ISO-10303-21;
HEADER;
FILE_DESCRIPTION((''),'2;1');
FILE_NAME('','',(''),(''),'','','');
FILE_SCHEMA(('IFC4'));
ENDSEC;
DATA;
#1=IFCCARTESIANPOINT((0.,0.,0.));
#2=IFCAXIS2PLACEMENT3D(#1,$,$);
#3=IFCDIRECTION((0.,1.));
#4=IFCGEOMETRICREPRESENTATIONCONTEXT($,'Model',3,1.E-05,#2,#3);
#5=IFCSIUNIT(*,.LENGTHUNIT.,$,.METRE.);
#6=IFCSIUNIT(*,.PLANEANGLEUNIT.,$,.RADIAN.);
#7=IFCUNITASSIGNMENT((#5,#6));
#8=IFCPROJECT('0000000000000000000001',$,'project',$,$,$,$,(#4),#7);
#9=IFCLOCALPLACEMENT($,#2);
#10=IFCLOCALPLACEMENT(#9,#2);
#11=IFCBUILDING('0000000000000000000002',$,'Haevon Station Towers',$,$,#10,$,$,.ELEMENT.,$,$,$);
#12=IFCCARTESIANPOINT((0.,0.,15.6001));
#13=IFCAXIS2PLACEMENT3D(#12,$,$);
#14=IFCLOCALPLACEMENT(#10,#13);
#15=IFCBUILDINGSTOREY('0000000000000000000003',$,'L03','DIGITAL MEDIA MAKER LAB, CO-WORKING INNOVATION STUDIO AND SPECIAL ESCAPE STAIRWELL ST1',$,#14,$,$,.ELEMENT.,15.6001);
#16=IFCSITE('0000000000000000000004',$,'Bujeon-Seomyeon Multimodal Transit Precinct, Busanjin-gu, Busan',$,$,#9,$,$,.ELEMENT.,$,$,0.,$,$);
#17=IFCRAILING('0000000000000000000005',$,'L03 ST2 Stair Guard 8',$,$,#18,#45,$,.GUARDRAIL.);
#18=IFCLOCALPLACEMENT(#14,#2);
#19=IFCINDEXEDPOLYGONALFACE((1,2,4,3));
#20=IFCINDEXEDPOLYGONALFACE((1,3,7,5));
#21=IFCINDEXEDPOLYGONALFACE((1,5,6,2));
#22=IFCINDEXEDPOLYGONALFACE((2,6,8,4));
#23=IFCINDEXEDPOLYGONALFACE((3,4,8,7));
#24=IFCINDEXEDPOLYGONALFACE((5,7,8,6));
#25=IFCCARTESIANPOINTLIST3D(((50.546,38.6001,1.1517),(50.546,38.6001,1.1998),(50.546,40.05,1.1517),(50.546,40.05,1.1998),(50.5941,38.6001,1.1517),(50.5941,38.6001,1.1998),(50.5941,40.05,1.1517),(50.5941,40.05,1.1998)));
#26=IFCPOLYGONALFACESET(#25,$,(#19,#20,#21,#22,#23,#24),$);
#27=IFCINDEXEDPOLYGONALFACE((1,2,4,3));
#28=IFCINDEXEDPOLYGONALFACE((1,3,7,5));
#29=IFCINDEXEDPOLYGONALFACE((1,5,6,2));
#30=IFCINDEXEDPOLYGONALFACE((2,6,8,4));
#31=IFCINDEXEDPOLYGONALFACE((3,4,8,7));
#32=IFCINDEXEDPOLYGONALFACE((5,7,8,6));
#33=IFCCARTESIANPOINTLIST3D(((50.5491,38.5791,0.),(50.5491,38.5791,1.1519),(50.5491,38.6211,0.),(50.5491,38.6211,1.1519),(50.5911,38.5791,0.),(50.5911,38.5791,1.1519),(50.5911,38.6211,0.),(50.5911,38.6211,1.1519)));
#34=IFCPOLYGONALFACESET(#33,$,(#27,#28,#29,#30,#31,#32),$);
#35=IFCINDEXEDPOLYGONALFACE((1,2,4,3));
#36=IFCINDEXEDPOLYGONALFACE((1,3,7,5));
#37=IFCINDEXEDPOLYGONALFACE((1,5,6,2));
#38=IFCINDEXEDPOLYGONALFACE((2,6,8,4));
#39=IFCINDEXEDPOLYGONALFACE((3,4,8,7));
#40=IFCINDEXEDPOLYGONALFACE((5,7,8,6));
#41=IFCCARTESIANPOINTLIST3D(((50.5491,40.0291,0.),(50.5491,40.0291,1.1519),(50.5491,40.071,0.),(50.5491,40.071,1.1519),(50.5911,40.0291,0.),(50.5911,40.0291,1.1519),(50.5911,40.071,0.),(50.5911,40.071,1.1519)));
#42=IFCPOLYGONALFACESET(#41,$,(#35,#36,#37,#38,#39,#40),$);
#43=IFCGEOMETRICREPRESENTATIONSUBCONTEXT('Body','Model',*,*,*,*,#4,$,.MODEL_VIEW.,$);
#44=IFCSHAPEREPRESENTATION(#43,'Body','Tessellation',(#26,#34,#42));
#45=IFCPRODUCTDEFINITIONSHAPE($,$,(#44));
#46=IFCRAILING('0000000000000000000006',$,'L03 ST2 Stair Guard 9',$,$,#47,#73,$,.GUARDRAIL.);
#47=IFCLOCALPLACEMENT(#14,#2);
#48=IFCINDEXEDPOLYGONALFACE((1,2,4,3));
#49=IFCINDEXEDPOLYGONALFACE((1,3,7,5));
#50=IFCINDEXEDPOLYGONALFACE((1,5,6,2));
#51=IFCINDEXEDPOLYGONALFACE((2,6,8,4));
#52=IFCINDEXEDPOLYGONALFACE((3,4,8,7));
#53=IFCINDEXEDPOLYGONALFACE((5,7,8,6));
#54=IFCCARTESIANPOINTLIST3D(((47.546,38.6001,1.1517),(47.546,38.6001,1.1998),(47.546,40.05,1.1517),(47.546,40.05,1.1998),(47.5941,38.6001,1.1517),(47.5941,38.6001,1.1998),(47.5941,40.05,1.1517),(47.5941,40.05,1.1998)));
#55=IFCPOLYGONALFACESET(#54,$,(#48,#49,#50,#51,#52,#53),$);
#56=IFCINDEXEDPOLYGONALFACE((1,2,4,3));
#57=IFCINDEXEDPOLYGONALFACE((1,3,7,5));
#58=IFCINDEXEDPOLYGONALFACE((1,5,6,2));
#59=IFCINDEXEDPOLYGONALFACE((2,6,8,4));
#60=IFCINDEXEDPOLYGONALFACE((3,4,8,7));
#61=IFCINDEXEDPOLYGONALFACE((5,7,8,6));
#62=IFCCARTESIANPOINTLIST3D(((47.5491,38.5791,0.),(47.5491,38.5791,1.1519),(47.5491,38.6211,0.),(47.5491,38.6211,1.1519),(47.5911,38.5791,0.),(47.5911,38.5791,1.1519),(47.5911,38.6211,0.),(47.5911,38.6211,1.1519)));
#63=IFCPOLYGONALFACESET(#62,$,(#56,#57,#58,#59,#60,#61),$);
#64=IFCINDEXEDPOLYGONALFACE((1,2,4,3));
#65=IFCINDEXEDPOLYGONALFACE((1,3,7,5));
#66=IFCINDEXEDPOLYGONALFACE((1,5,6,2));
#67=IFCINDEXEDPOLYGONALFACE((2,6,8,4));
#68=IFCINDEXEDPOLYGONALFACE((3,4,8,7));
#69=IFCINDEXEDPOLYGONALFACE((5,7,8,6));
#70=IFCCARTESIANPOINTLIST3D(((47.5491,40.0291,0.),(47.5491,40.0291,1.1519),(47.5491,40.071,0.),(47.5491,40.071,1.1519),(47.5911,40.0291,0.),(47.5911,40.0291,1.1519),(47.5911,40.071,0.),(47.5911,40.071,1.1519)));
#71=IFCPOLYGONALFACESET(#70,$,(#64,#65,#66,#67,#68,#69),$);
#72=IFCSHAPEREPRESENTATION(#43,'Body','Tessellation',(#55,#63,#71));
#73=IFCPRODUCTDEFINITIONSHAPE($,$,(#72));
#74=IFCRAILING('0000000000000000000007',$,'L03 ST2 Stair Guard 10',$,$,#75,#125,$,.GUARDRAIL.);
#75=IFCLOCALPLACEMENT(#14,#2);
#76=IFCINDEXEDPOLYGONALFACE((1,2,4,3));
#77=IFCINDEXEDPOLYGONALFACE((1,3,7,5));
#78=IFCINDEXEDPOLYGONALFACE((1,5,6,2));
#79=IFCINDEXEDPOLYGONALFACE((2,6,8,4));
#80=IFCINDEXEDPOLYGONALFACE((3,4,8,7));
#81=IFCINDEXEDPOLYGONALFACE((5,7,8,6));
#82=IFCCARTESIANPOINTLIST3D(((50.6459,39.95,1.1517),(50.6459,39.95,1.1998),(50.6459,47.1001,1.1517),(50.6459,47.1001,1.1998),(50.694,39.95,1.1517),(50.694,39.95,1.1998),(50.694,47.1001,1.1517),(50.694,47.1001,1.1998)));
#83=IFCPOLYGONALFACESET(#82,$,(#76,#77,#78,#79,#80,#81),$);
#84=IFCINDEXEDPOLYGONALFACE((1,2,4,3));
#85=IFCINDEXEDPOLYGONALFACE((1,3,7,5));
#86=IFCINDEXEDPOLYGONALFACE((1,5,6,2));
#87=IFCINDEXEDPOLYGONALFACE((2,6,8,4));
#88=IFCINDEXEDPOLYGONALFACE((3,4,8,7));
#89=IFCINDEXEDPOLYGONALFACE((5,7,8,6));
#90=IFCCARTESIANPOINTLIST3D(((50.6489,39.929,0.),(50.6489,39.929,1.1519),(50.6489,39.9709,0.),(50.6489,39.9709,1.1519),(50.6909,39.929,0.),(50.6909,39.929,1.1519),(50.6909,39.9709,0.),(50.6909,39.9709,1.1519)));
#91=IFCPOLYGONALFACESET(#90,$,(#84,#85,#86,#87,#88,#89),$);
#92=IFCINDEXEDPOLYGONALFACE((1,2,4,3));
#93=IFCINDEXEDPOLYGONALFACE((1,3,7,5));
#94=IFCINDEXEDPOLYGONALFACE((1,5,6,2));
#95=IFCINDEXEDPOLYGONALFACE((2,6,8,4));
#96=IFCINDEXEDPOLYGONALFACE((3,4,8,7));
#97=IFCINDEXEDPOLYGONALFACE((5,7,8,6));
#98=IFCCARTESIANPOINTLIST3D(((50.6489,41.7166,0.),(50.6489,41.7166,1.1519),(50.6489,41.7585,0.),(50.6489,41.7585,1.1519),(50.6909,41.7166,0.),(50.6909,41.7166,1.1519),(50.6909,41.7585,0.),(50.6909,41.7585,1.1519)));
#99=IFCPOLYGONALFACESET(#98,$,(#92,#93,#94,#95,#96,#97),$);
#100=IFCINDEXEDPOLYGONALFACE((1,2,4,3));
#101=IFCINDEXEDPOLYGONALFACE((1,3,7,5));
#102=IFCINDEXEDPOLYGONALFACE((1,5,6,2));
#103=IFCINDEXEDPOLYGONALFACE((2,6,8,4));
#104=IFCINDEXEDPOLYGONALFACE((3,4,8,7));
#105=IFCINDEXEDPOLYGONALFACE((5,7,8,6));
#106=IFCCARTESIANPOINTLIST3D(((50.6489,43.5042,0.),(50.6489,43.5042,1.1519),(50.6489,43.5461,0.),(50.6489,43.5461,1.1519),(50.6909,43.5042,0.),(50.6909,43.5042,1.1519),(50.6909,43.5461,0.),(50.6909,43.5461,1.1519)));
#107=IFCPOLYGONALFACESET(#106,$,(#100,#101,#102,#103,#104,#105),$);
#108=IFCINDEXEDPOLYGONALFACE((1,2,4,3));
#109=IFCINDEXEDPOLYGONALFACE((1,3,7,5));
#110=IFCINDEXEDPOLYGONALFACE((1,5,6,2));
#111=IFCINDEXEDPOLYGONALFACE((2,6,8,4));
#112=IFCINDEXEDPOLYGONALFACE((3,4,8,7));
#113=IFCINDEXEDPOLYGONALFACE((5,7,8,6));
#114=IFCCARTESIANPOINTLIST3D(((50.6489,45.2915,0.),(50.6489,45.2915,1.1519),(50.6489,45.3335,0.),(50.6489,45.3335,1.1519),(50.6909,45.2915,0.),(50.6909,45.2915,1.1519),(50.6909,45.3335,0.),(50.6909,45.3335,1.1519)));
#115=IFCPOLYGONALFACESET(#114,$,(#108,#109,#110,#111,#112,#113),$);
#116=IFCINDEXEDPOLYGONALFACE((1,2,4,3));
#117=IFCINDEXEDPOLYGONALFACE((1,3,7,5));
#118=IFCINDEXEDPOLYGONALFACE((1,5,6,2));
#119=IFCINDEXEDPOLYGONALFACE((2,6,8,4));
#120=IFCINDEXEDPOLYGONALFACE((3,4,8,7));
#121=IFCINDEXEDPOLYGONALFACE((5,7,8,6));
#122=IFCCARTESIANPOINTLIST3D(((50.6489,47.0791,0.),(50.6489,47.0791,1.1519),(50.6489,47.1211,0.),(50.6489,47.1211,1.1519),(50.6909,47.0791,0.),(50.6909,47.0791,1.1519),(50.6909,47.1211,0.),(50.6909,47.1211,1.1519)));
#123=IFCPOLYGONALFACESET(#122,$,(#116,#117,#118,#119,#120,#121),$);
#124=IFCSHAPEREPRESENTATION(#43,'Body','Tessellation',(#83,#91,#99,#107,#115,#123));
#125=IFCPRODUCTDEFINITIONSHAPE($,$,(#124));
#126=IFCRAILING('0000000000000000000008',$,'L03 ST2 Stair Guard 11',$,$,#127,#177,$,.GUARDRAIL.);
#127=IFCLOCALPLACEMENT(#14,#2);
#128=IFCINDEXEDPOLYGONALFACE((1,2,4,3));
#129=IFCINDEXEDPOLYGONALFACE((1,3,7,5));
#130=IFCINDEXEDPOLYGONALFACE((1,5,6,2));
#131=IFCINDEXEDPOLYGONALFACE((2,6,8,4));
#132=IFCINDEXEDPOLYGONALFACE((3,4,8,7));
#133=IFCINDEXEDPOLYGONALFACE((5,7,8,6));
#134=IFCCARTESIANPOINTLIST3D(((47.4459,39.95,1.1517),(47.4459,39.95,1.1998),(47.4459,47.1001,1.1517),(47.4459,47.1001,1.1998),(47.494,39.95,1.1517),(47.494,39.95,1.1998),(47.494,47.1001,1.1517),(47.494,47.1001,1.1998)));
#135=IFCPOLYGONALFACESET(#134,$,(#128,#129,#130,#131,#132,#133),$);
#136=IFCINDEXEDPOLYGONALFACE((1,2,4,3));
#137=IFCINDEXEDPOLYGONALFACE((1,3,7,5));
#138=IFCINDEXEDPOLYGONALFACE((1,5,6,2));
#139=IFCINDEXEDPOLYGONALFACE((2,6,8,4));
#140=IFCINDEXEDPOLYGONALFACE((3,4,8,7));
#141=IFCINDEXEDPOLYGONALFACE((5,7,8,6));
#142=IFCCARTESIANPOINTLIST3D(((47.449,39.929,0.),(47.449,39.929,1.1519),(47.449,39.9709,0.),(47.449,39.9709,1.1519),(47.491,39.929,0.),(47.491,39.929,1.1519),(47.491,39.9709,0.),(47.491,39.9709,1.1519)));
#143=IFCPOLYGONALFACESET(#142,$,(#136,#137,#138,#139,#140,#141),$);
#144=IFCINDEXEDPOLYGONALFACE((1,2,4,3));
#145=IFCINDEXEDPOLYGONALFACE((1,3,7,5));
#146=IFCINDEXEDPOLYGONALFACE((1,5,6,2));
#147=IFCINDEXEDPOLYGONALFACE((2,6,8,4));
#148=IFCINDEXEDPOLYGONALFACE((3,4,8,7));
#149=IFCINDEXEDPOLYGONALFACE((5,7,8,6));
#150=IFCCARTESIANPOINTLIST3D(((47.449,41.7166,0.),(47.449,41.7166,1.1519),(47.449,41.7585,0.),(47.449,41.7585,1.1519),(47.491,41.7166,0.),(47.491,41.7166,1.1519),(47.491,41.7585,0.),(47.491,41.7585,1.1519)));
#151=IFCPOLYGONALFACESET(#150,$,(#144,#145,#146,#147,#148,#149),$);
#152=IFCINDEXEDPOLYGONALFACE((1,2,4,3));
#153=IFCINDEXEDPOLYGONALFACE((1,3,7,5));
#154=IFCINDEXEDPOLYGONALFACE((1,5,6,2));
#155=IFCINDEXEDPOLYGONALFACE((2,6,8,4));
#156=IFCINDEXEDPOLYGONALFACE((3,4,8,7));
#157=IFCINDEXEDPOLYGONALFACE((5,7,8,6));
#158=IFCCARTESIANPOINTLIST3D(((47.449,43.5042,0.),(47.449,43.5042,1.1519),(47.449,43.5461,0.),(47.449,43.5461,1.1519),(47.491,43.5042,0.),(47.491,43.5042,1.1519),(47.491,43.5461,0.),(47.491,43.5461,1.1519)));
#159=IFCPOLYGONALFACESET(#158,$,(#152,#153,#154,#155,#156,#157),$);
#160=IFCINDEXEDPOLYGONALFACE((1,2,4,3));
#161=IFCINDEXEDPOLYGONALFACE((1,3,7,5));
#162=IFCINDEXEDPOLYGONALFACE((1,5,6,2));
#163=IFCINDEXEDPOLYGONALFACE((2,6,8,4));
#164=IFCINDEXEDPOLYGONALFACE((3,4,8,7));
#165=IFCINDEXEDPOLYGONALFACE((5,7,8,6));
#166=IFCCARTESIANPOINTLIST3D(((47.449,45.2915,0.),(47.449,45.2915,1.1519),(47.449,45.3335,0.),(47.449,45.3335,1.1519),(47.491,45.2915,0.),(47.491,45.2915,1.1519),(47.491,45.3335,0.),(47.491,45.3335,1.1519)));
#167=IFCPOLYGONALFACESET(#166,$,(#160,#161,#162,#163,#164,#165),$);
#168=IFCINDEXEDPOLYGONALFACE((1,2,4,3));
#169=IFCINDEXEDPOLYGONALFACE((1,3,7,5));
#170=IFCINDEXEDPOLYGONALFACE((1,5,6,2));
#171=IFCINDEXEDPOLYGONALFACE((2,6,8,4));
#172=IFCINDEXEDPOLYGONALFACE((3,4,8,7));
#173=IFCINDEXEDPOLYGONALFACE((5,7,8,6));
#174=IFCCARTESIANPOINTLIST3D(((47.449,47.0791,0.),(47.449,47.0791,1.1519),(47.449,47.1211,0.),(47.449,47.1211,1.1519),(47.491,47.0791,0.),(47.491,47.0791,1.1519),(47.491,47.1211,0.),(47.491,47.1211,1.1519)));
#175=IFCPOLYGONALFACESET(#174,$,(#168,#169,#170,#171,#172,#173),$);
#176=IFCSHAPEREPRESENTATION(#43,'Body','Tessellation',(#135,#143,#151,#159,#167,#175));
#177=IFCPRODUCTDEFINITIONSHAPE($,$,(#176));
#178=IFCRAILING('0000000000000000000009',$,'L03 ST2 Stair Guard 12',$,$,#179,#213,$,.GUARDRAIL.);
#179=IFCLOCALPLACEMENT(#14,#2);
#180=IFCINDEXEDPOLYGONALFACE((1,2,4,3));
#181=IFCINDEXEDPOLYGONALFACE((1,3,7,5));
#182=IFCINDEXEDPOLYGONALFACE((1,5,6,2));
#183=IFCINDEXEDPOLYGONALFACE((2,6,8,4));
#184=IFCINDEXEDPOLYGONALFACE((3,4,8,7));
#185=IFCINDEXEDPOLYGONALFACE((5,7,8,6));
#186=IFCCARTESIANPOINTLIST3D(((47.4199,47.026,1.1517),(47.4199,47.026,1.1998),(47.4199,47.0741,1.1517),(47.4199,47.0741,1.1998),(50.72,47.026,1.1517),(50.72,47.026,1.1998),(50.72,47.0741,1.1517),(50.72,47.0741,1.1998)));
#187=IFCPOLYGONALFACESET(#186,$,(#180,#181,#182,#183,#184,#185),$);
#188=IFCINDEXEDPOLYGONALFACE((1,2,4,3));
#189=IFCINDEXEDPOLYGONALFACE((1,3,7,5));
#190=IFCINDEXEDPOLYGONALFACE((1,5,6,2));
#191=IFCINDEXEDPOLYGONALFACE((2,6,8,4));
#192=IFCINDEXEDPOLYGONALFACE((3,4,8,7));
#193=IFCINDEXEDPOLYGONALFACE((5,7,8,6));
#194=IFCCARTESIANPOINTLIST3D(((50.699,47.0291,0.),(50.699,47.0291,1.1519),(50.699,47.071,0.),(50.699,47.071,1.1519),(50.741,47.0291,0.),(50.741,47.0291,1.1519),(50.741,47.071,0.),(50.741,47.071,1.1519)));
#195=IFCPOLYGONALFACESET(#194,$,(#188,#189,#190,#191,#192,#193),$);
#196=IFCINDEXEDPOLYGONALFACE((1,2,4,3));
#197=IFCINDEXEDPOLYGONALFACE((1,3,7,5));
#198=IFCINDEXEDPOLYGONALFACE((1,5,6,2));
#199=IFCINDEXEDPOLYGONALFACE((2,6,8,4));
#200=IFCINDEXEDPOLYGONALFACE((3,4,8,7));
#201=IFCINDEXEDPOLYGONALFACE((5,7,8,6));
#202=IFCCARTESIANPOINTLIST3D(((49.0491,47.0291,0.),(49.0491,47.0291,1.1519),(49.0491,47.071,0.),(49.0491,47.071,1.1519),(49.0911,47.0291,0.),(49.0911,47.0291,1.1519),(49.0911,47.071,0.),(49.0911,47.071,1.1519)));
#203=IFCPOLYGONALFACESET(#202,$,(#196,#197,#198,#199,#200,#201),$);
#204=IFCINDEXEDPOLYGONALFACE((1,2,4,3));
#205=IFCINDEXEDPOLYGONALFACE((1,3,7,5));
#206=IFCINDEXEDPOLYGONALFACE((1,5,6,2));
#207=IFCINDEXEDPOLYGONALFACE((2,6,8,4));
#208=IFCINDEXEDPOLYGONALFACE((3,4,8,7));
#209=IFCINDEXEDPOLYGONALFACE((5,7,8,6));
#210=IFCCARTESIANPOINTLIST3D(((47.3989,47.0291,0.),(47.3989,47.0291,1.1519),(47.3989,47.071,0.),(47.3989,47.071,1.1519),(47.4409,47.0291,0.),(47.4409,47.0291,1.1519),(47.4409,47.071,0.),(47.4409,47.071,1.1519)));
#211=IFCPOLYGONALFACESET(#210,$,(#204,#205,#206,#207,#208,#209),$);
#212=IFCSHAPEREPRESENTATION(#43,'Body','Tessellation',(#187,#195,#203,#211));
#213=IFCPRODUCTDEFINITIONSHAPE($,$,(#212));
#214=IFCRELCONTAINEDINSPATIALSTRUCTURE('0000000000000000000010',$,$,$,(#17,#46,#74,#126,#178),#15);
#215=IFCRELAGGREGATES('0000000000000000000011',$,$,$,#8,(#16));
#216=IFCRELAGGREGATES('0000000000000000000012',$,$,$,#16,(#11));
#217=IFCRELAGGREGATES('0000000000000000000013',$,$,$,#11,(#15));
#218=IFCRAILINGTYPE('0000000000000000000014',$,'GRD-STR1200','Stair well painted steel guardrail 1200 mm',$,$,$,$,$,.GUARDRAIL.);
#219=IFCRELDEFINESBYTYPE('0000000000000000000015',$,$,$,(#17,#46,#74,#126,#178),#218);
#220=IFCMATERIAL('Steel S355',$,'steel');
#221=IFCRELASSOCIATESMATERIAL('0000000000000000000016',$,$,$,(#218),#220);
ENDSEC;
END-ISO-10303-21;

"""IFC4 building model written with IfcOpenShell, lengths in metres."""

from ifc_helpers import new_model, si_unit, direction, frame, origin, origin_2d, place, context, subcontext, project, spatial, rectangle, extrude, material, type_object, element, save


model = new_model("IFC4")

# Units and contexts
model_context = context("Model", 3, precision=1e-05, world=origin(), true_north=direction((0.0, 1.0)))
body_context = subcontext(model_context, "Body", "Model", "MODEL_VIEW")
ifc_project = project(units=[si_unit("LENGTHUNIT", "METRE"), si_unit("PLANEANGLEUNIT", "RADIAN")], contexts=[model_context])

# Site, building, storey
site_placement = place(None, origin())
site = spatial("IfcSite", under=ifc_project, at=site_placement, Name="Bujeon-Seomyeon Multimodal Transit Precinct, Busanjin-gu, Busan", CompositionType="ELEMENT", RefElevation=0.0)
building_placement = place(site_placement, origin())
building = spatial("IfcBuilding", under=site, at=building_placement, Name="Haevon Station Towers", CompositionType="ELEMENT")
storey_placement = place(building_placement, frame((0.0, 0.0, 15.6001)))
storey = spatial("IfcBuildingStorey", under=building, at=storey_placement, Name="L03", Description="DIGITAL MEDIA MAKER LAB, CO-WORKING INNOVATION STUDIO AND SPECIAL ESCAPE STAIRWELL ST1", CompositionType="ELEMENT", Elevation=15.6001)

# Shared definitions
ifc_material_1 = material(Name="Steel S355", Category="steel")

# Railings
railing_type_1 = type_object("IfcRailingType", Name="GRD-STR1200", Description="Stair well painted steel guardrail 1200 mm", PredefinedType="GUARDRAIL", material=ifc_material_1)
for number, where, name in (
    (1, (50.5701, 38.6001, 0.0), "L03 ST2 Stair Guard 8"),
    (2, (47.5701, 38.6001, 0.0), "L03 ST2 Stair Guard 9"),
):
    element("IfcRailing", number, at=place(storey_placement, frame(where)), inside=storey, type_object=railing_type_1, Name=name, PredefinedType="GUARDRAIL", context=body_context, shape_type="SweptSolid", body=[
        extrude(rectangle(XDim=0.0481, YDim=0.0481, at=origin_2d()), frame((0.0, 0.0, 1.1758), z_axis=(0.0, 1.0, 0.0), x_axis=(-1.0, 0.0, 0.0)), (0.0, 0.0, 1.0), 1.45),
        extrude(rectangle(XDim=0.042, YDim=0.042, at=origin_2d()), origin(), (0.0, 0.0, 1.0), 1.1519),
        extrude(rectangle(XDim=0.042, YDim=0.042, at=origin_2d()), frame((0.0, 1.45, 0.0)), (0.0, 0.0, 1.0), 1.1519),
    ])
for number, where, name in (
    (3, (50.6699, 39.95, 0.0), "L03 ST2 Stair Guard 10"),
    (4, (47.47, 39.95, 0.0), "L03 ST2 Stair Guard 11"),
):
    element("IfcRailing", number, at=place(storey_placement, frame(where)), inside=storey, type_object=railing_type_1, Name=name, PredefinedType="GUARDRAIL", context=body_context, shape_type="SweptSolid", body=[
        extrude(rectangle(XDim=0.0481, YDim=0.0481, at=origin_2d()), frame((0.0, 0.0, 1.1758), z_axis=(0.0, 1.0, 0.0), x_axis=(-1.0, 0.0, 0.0)), (0.0, 0.0, 1.0), 7.1501),
        extrude(rectangle(XDim=0.042, YDim=0.042, at=origin_2d()), origin(), (0.0, 0.0, 1.0), 1.1519),
        extrude(rectangle(XDim=0.042, YDim=0.042, at=origin_2d()), frame((0.0, 1.7876, 0.0)), (0.0, 0.0, 1.0), 1.1519),
        extrude(rectangle(XDim=0.042, YDim=0.042, at=origin_2d()), frame((0.0, 3.5752, 0.0)), (0.0, 0.0, 1.0), 1.1519),
        extrude(rectangle(XDim=0.042, YDim=0.042, at=origin_2d()), frame((0.0, 5.3625, 0.0)), (0.0, 0.0, 1.0), 1.1519),
        extrude(rectangle(XDim=0.042, YDim=0.042, at=origin_2d()), frame((0.0, 7.1501, 0.0)), (0.0, 0.0, 1.0), 1.1519),
    ])
railing_1_placement = place(storey_placement, frame((50.72, 47.05, 0.0)))
element("IfcRailing", 5, at=railing_1_placement, inside=storey, type_object=railing_type_1, Name="L03 ST2 Stair Guard 12", PredefinedType="GUARDRAIL", context=body_context, shape_type="SweptSolid", body=[
    extrude(rectangle(XDim=0.0481, YDim=0.0481, at=origin_2d()), frame((0.0, 0.0, 1.1758), z_axis=(-1.0, 0.0, 0.0), x_axis=(0.0, -1.0, 0.0)), (0.0, 0.0, 1.0), 3.3),
    extrude(rectangle(XDim=0.042, YDim=0.042, at=origin_2d()), origin(), (0.0, 0.0, 1.0), 1.1519),
    extrude(rectangle(XDim=0.042, YDim=0.042, at=origin_2d()), frame((-1.6499, 0.0, 0.0)), (0.0, 0.0, 1.0), 1.1519),
    extrude(rectangle(XDim=0.042, YDim=0.042, at=origin_2d()), frame((-3.3, 0.0, 0.0)), (0.0, 0.0, 1.0), 1.1519),
])

save(model, "model.ifc")
